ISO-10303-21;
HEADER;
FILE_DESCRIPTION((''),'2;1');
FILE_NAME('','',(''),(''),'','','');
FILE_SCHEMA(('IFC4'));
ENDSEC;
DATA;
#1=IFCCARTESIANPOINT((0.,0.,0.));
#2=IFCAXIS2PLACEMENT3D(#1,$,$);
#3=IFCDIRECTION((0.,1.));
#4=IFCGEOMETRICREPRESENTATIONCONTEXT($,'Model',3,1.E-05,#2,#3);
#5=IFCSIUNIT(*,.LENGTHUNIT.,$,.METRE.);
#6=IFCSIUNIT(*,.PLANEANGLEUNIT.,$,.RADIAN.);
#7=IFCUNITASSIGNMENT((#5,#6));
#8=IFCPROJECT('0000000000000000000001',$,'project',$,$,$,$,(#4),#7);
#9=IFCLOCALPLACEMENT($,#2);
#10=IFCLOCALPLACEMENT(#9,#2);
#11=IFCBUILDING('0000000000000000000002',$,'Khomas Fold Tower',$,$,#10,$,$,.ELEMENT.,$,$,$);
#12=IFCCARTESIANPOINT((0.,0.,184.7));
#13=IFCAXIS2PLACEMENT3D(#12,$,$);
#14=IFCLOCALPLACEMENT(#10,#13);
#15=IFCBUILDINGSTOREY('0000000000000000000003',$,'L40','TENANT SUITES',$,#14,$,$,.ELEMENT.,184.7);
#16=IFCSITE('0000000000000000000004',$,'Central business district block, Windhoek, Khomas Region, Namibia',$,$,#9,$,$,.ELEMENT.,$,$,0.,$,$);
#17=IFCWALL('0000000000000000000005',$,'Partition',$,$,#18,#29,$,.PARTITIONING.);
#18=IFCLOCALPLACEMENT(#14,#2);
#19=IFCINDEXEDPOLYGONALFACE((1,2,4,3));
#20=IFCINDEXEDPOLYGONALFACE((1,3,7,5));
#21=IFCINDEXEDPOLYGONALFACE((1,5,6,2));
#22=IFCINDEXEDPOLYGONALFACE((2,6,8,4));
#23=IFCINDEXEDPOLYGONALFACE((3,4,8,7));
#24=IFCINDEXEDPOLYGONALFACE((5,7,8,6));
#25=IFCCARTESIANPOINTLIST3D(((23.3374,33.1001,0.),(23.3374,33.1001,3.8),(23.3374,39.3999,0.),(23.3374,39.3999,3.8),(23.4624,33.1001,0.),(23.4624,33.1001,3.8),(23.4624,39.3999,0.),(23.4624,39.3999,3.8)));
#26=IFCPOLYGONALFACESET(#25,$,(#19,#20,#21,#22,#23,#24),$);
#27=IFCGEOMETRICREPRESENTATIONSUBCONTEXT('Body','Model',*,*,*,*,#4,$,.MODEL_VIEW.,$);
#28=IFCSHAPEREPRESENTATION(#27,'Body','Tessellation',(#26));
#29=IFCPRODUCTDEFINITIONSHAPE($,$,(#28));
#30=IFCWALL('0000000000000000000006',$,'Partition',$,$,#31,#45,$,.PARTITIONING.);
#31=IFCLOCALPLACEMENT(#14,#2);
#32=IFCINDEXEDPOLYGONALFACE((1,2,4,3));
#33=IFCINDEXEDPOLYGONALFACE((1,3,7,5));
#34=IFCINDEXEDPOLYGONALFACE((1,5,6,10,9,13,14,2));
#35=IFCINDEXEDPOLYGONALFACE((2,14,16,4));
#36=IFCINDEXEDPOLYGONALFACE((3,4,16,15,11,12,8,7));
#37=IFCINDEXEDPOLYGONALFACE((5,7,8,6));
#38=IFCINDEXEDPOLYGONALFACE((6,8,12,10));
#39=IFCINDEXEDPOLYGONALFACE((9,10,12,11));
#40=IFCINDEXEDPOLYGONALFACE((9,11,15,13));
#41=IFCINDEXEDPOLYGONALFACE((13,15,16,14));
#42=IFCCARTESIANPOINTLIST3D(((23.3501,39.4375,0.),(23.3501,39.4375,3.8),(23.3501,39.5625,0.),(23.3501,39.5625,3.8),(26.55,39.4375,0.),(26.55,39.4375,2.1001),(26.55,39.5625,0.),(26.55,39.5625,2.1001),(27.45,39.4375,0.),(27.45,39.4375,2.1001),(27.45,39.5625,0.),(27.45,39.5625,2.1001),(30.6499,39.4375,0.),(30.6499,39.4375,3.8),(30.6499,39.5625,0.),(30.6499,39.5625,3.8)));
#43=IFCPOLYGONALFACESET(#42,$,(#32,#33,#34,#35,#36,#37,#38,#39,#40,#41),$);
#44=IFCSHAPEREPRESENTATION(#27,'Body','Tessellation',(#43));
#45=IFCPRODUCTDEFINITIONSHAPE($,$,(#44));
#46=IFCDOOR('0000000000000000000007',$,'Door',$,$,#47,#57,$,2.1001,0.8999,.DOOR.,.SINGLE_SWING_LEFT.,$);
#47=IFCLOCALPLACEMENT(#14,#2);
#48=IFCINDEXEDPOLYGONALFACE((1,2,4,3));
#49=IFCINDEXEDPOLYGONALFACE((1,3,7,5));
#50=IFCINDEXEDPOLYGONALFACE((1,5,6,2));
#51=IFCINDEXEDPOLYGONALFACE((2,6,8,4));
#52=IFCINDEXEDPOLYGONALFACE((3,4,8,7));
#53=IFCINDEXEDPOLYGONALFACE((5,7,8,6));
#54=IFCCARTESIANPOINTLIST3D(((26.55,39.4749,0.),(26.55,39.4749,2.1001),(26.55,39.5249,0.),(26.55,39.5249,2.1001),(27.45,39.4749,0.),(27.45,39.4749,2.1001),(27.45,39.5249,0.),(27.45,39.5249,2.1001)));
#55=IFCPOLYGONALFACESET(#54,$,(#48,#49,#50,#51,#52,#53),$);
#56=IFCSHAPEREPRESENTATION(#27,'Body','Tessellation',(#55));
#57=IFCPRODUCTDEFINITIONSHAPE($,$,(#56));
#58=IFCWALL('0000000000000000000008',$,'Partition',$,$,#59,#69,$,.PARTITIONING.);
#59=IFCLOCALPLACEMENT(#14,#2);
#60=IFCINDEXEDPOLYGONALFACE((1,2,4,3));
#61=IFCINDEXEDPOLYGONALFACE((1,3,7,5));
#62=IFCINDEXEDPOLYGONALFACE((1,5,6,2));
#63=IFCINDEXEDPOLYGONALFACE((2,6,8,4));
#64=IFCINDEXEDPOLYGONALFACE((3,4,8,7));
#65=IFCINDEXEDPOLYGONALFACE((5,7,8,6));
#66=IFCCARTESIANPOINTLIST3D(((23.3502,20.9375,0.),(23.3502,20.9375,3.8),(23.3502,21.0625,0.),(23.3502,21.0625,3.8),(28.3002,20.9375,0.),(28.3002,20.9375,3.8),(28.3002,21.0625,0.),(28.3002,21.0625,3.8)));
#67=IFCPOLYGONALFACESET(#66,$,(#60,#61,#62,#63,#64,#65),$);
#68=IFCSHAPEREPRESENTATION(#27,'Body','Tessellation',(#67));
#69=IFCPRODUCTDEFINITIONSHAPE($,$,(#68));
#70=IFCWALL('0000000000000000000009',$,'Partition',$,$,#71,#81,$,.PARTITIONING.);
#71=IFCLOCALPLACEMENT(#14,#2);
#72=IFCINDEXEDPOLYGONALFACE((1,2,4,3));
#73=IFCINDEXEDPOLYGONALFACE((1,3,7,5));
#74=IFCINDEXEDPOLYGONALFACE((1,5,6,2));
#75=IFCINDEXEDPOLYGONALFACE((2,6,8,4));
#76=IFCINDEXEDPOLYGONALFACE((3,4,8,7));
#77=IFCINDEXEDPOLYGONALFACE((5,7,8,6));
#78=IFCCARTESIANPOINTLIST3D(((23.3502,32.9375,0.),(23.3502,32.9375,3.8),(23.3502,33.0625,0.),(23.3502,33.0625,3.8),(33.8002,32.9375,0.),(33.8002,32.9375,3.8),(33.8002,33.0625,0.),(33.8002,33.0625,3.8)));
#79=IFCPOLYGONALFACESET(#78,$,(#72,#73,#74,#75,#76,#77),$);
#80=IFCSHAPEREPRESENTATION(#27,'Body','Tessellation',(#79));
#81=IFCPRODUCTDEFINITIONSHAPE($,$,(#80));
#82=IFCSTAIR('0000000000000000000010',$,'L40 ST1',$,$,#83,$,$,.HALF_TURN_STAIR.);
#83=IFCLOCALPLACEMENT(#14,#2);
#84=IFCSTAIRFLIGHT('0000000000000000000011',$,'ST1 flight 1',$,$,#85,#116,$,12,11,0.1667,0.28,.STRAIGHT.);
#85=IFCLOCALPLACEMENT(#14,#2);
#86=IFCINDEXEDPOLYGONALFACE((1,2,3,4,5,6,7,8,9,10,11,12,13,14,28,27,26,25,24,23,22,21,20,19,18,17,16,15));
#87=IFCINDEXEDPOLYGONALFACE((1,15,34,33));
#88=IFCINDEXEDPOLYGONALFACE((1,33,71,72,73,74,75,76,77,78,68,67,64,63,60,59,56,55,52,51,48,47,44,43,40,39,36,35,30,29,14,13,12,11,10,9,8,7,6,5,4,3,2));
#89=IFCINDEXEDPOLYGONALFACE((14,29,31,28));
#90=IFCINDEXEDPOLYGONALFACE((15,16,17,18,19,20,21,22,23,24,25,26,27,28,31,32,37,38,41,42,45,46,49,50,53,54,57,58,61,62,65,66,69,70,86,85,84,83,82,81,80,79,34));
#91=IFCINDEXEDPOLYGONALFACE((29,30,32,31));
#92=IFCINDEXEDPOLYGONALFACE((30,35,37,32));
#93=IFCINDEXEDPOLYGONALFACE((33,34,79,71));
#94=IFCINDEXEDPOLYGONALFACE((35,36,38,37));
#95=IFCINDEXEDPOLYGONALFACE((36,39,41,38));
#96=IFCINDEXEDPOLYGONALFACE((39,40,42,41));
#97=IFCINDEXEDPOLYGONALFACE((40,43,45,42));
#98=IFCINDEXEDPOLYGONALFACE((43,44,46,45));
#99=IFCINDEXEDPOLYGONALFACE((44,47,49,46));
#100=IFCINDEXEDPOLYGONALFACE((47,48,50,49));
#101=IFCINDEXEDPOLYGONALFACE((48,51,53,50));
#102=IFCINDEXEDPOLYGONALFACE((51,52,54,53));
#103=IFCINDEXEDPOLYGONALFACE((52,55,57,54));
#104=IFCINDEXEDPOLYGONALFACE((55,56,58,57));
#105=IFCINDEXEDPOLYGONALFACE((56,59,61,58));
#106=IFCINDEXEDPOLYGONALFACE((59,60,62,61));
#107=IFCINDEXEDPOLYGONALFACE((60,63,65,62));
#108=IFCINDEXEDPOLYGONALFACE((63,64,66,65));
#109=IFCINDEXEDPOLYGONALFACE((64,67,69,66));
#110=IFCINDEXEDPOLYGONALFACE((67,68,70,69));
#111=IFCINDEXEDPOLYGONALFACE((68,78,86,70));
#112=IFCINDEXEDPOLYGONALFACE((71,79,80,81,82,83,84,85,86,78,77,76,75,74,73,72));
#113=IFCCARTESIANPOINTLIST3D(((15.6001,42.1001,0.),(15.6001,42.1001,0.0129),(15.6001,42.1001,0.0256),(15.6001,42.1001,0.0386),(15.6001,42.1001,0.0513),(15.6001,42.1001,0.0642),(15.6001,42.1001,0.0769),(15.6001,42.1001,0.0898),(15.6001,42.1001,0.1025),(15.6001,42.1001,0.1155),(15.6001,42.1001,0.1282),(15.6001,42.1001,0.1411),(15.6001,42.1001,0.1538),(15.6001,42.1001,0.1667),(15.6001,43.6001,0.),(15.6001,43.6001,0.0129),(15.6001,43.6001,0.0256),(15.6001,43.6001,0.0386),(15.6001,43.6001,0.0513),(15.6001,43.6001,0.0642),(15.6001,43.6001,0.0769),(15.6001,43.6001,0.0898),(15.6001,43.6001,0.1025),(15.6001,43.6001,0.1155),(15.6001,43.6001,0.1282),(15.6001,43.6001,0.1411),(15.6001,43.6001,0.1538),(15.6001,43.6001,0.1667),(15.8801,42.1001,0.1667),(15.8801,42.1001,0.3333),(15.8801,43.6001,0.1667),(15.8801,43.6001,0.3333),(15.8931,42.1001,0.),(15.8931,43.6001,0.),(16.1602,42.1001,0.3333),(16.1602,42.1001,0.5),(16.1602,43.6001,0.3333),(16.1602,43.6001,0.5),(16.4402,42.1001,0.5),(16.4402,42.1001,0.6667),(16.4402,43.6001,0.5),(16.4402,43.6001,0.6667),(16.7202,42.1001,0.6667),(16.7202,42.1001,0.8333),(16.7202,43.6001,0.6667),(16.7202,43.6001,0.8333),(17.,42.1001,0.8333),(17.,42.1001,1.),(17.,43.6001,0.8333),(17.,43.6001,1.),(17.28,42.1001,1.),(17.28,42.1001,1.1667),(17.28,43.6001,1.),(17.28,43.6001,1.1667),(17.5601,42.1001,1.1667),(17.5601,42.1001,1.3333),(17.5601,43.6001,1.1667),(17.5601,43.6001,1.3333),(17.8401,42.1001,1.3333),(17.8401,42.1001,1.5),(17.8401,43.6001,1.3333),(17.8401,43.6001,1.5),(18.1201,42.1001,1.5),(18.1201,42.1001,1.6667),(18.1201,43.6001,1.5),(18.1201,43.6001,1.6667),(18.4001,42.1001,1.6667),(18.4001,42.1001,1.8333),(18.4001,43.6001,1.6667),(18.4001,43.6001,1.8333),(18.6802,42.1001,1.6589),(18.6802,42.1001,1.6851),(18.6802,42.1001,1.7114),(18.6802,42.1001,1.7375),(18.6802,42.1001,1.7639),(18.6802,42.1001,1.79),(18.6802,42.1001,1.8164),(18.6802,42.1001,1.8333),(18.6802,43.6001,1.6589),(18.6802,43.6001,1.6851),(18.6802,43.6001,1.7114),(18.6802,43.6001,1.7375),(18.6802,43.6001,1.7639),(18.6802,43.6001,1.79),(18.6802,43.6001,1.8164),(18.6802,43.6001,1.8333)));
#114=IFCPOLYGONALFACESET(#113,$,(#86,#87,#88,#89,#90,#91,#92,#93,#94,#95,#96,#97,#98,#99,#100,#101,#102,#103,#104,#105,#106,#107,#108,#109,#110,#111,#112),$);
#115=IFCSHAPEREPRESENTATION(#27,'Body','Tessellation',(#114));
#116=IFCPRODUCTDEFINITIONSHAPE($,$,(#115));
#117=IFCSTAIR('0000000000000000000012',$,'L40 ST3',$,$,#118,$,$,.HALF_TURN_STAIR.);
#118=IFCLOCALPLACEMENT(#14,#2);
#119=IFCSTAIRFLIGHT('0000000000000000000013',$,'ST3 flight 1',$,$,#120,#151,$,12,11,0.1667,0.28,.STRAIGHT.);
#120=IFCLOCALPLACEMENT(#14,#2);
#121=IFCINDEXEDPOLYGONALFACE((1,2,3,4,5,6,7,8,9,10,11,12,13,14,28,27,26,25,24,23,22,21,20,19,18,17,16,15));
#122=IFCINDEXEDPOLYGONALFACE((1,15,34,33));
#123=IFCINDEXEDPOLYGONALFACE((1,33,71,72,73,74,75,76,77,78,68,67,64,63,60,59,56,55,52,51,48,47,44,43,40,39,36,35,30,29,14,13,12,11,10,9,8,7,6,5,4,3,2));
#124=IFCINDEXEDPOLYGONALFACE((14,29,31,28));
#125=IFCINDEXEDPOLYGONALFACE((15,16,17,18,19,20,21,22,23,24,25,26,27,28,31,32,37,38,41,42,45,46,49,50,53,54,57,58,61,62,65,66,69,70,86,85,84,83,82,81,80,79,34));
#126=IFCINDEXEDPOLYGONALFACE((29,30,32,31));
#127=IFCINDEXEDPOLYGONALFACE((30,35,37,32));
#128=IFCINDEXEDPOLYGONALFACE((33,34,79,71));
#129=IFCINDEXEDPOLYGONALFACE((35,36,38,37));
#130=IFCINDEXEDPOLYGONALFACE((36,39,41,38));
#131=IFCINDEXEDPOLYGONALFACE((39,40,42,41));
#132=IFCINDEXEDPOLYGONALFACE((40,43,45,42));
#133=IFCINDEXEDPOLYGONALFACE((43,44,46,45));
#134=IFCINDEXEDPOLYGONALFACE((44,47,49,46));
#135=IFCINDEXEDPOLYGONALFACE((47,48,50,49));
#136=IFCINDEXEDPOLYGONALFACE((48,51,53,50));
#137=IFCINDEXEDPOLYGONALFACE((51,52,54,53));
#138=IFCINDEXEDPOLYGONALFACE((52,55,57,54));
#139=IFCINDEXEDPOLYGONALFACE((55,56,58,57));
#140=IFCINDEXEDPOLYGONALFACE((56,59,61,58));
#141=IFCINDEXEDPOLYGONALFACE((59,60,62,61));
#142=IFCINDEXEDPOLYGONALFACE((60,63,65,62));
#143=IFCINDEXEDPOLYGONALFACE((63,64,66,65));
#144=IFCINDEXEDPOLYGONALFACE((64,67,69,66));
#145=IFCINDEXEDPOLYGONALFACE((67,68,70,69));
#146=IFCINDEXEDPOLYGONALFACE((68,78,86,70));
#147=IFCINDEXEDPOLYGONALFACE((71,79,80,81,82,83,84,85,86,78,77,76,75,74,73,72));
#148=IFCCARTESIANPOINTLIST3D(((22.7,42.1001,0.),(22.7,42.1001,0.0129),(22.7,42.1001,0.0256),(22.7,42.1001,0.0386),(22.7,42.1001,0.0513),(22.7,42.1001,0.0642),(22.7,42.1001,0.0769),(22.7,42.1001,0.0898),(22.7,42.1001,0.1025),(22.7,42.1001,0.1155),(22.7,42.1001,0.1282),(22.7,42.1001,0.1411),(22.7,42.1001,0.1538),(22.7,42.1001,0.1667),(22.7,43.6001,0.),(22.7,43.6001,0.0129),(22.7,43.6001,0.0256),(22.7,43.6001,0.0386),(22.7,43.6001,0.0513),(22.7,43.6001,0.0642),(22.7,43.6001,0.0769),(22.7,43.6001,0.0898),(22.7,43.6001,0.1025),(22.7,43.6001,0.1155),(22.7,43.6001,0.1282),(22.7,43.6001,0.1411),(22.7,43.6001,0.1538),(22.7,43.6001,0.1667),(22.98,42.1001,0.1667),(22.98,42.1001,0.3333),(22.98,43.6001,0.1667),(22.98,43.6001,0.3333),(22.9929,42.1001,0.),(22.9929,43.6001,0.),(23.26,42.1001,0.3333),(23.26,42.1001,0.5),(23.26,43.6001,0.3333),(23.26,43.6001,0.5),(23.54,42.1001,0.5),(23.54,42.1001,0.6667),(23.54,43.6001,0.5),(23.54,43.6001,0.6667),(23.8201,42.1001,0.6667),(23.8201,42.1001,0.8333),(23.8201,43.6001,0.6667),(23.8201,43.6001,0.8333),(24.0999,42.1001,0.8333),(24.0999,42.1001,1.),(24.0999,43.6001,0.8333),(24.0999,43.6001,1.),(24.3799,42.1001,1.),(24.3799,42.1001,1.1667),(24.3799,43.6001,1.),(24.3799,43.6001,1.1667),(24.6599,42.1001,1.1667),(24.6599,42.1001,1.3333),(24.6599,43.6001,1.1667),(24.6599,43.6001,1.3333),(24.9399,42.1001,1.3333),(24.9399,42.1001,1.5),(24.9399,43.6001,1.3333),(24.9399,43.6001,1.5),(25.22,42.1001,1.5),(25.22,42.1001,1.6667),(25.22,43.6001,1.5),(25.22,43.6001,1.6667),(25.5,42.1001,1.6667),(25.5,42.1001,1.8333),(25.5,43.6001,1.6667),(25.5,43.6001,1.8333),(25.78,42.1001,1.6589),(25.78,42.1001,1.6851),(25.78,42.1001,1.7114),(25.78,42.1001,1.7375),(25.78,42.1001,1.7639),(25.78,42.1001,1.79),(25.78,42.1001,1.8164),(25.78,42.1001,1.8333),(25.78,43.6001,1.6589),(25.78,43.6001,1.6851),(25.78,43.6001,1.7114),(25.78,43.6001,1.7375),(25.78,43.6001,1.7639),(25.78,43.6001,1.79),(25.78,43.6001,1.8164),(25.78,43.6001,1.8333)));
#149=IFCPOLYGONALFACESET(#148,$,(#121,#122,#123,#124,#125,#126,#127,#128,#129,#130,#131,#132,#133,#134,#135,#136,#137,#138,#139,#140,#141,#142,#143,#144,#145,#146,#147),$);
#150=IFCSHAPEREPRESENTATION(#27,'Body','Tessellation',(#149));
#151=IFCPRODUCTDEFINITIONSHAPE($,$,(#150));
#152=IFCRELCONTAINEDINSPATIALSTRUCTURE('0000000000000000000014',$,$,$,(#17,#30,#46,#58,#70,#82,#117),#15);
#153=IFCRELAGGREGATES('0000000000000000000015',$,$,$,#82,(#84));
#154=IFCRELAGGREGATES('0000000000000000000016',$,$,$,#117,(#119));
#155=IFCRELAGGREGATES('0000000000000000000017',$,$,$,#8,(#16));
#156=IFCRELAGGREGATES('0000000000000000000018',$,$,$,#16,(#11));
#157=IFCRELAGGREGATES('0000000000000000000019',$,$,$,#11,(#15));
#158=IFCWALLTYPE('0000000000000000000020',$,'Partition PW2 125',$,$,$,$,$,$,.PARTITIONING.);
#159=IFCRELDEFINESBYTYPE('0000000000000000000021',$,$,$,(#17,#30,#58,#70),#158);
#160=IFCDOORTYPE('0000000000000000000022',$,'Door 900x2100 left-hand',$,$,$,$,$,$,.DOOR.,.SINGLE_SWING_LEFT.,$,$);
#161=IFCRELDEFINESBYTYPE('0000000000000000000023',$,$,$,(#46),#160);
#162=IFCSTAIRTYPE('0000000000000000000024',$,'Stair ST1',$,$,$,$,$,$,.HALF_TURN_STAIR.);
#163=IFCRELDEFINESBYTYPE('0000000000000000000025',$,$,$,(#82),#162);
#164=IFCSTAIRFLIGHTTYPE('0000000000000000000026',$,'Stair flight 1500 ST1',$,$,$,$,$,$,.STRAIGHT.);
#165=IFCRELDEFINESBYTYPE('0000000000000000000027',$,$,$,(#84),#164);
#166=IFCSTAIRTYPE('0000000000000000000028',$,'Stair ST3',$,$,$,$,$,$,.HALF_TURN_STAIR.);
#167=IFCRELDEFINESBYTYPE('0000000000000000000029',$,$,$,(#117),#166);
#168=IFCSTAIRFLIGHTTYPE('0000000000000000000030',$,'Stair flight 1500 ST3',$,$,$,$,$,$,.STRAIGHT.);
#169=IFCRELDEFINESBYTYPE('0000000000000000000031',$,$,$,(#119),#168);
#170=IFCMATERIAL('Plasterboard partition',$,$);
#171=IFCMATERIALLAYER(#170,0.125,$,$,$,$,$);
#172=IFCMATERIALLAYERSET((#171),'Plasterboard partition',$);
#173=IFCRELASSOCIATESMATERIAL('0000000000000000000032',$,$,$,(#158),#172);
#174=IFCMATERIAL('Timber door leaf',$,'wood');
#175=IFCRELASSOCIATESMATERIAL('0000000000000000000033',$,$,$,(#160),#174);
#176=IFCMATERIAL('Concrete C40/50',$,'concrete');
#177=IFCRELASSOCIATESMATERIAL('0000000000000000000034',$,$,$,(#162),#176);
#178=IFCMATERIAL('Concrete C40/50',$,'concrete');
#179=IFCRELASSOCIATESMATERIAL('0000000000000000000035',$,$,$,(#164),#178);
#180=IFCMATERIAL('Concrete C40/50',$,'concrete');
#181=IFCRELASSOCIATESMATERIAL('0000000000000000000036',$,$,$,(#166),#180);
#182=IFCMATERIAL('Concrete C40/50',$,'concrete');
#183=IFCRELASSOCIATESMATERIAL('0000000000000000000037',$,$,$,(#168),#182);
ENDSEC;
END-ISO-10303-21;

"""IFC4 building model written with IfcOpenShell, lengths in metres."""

from ifc_helpers import new_model, si_unit, direction, frame, frame_2d, origin, place, context, subcontext, project, spatial, polyline, rectangle, outline, extrude, source, transform, mapped, material, layer, layer_set, type_object, element, fill, aggregate, save


model = new_model("IFC4")

# Units and contexts
model_context = context("Model", 3, precision=1e-05, world=origin(), true_north=direction((0.0, 1.0)))
body_context = subcontext(model_context, "Body", "Model", "MODEL_VIEW")
ifc_project = project(units=[si_unit("LENGTHUNIT", "METRE"), si_unit("PLANEANGLEUNIT", "RADIAN")], contexts=[model_context])

# Site, building, storey
site_placement = place(None, origin())
site = spatial("IfcSite", under=ifc_project, at=site_placement, Name="Central business district block, Windhoek, Khomas Region, Namibia", CompositionType="ELEMENT", RefElevation=0.0)
building_placement = place(site_placement, origin())
building = spatial("IfcBuilding", under=site, at=building_placement, Name="Khomas Fold Tower", CompositionType="ELEMENT")
storey_placement = place(building_placement, frame((0.0, 0.0, 184.7)))
storey = spatial("IfcBuildingStorey", under=building, at=storey_placement, Name="L40", Description="TENANT SUITES", CompositionType="ELEMENT", Elevation=184.7)

# Shared definitions
ifc_material_1 = material(Name="Plasterboard partition")
ifc_layer_1 = layer(ifc_material_1, 0.125)
ifc_layer_set_1 = layer_set([ifc_layer_1], Name="Plasterboard partition")
wall_type_1 = type_object("IfcWallType", Name="Partition PW2 125", PredefinedType="PARTITIONING", material=ifc_layer_set_1)
shared_shape_1 = source(origin(), body_context, "Body", "SweptSolid", [
    extrude(rectangle(XDim=0.8999, YDim=2.1001, at=frame_2d((0.45, 1.05))), frame((0.0, 0.0725, 0.0), z_axis=(0.0, -1.0, 0.0), x_axis=(1.0, 0.0, 0.0)), (0.0, 0.0, 1.0), 0.145),
])
ifc_material_2 = material(Name="Timber door leaf", Category="wood")
door_type_1 = type_object("IfcDoorType", Name="Door 900x2100 left-hand", OperationType="SINGLE_SWING_LEFT", PredefinedType="DOOR", material=ifc_material_2)
shared_shape_2 = source(origin(), body_context, "Body", "SweptSolid", [
    extrude(rectangle(XDim=0.8999, YDim=2.1001, at=frame_2d((0.45, 1.05))), frame((0.0, 0.0249, 0.0), z_axis=(0.0, -1.0, 0.0), x_axis=(1.0, 0.0, 0.0)), (0.0, 0.0, 1.0), 0.05),
])

# Wall
shared_shape_3 = source(origin(), body_context, "Body", "SweptSolid", [
    extrude(rectangle(XDim=6.2998, YDim=0.125, at=frame_2d((3.1499, 0.0))), origin(), (0.0, 0.0, 1.0), 3.8),
])
wall_1_placement = place(storey_placement, frame((23.3999, 33.1001, 0.0), z_axis=(0.0, 0.0, 1.0), x_axis=(0.0, 1.0, 0.0)))
element("IfcWall", 1, at=wall_1_placement, inside=storey, type_object=wall_type_1, Name="Partition", PredefinedType="PARTITIONING", context=body_context, shape_type="MappedRepresentation", body=[
    mapped(shared_shape_3, transform((0.0, 0.0, 0.0))),
])

# Wall, opening, door
shared_shape_4 = source(origin(), body_context, "Body", "SweptSolid", [
    extrude(rectangle(XDim=7.2998, YDim=0.125, at=frame_2d((3.6499, 0.0))), origin(), (0.0, 0.0, 1.0), 3.8),
])
wall_2_placement = place(storey_placement, frame((23.3501, 39.5, 0.0), z_axis=(0.0, 0.0, 1.0), x_axis=(1.0, 0.0, 0.0)))
wall_2 = element("IfcWall", 2, at=wall_2_placement, inside=storey, type_object=wall_type_1, Name="Partition", PredefinedType="PARTITIONING", context=body_context, shape_type="MappedRepresentation", body=[
    mapped(shared_shape_4, transform((0.0, 0.0, 0.0))),
])
opening_1_placement = place(wall_2_placement, frame((3.2, 0.0, 0.0)))
opening_1 = element("IfcOpeningElement", 3, at=opening_1_placement, cuts=wall_2, PredefinedType="OPENING", context=body_context, shape_type="MappedRepresentation", body=[
    mapped(shared_shape_1, transform((0.0, 0.0, 0.0))),
])
door_1_placement = place(opening_1_placement, origin())
door_1 = element("IfcDoor", 4, at=door_1_placement, inside=storey, type_object=door_type_1, Name="Door", OperationType="SINGLE_SWING_LEFT", OverallHeight=2.1001, OverallWidth=0.8999, PredefinedType="DOOR", context=body_context, shape_type="MappedRepresentation", body=[
    mapped(shared_shape_2, transform((0.0, 0.0, 0.0))),
])
fill(opening_1, door_1)

# Walls
shared_shape_5 = source(origin(), body_context, "Body", "SweptSolid", [
    extrude(rectangle(XDim=4.95, YDim=0.125, at=frame_2d((2.4751, 0.0))), origin(), (0.0, 0.0, 1.0), 3.8),
])
wall_3_placement = place(storey_placement, frame((23.3501, 21.0, 0.0), z_axis=(0.0, 0.0, 1.0), x_axis=(1.0, 0.0, 0.0)))
element("IfcWall", 5, at=wall_3_placement, inside=storey, type_object=wall_type_1, Name="Partition", PredefinedType="PARTITIONING", context=body_context, shape_type="MappedRepresentation", body=[
    mapped(shared_shape_5, transform((0.0, 0.0, 0.0))),
])
shared_shape_6 = source(origin(), body_context, "Body", "SweptSolid", [
    extrude(rectangle(XDim=10.45, YDim=0.125, at=frame_2d((5.2251, 0.0))), origin(), (0.0, 0.0, 1.0), 3.8),
])
wall_4_placement = place(storey_placement, frame((23.3501, 33.0, 0.0), z_axis=(0.0, 0.0, 1.0), x_axis=(1.0, 0.0, 0.0)))
element("IfcWall", 6, at=wall_4_placement, inside=storey, type_object=wall_type_1, Name="Partition", PredefinedType="PARTITIONING", context=body_context, shape_type="MappedRepresentation", body=[
    mapped(shared_shape_6, transform((0.0, 0.0, 0.0))),
])

# Stairs, stair flights
ifc_material_3 = material(Name="Concrete C40/50", Category="concrete")
stair_type_1 = type_object("IfcStairType", Name="Stair ST1", PredefinedType="HALF_TURN_STAIR", material=ifc_material_3)
stair_1_placement = place(storey_placement, origin())
stair_1 = element("IfcStair", 7, at=stair_1_placement, inside=storey, type_object=stair_type_1, Name="L40 ST1", PredefinedType="HALF_TURN_STAIR")
ifc_material_4 = material(Name="Concrete C40/50", Category="concrete")
stair_flight_type_1 = type_object("IfcStairFlightType", Name="Stair flight 1500 ST1", PredefinedType="STRAIGHT", material=ifc_material_4)
shared_shape_7 = source(origin(), body_context, "Body", "SweptSolid", [
    extrude(outline(polyline([(0.0, 0.0), (0.0, 0.0129), (0.0, 0.0256), (0.0, 0.0386), (0.0, 0.0513), (0.0, 0.0642), (0.0, 0.0769), (0.0, 0.0898), (0.0, 0.1025), (0.0, 0.1155), (0.0, 0.1282), (0.0, 0.1411), (0.0, 0.1538), (0.0, 0.1667), (0.28, 0.1667), (0.28, 0.3333), (0.5601, 0.3333), (0.5601, 0.5), (0.8401, 0.5), (0.8401, 0.6667), (1.1201, 0.6667), (1.1201, 0.8333), (1.3999, 0.8333), (1.3999, 1.0), (1.6799, 1.0), (1.6799, 1.1667), (1.96, 1.1667), (1.96, 1.3333), (2.24, 1.3333), (2.24, 1.5), (2.52, 1.5), (2.52, 1.6667), (2.8, 1.6667), (2.8, 1.8333), (3.0801, 1.8333), (3.0801, 2.0), (3.0801, 1.9739), (3.0801, 1.9475), (3.0801, 1.9214), (3.0801, 1.895), (3.0801, 1.8689), (3.0801, 1.8425), (3.0801, 1.8164), (3.0801, 1.79), (3.0801, 1.7639), (3.0801, 1.7375), (3.0801, 1.7114), (3.0801, 1.6851), (3.0801, 1.6589), (0.293, 0.0), (0.0, 0.0)])), frame((0.0, 0.75, 0.0), z_axis=(0.0, -1.0, 0.0), x_axis=(1.0, 0.0, 0.0)), (0.0, 0.0, 1.0), 1.5),
])
stair_flight_1_placement = place(storey_placement, frame((15.6001, 42.8501, 0.0), z_axis=(0.0, 0.0, 1.0), x_axis=(1.0, 0.0, 0.0)))
stair_flight_1 = element("IfcStairFlight", 8, at=stair_flight_1_placement, type_object=stair_flight_type_1, Name="ST1 flight 1", NumberOfRisers=12, NumberOfTreads=11, PredefinedType="STRAIGHT", RiserHeight=0.1667, TreadLength=0.28, context=body_context, shape_type="MappedRepresentation", body=[
    mapped(shared_shape_7, transform((0.0, 0.0, 0.0))),
])
aggregate(stair_1, [stair_flight_1])
ifc_material_5 = material(Name="Concrete C40/50", Category="concrete")
stair_type_2 = type_object("IfcStairType", Name="Stair ST3", PredefinedType="HALF_TURN_STAIR", material=ifc_material_5)
stair_2_placement = place(storey_placement, origin())
stair_2 = element("IfcStair", 9, at=stair_2_placement, inside=storey, type_object=stair_type_2, Name="L40 ST3", PredefinedType="HALF_TURN_STAIR")
ifc_material_6 = material(Name="Concrete C40/50", Category="concrete")
stair_flight_type_2 = type_object("IfcStairFlightType", Name="Stair flight 1500 ST3", PredefinedType="STRAIGHT", material=ifc_material_6)
stair_flight_2_placement = place(storey_placement, frame((22.7, 42.8501, 0.0), z_axis=(0.0, 0.0, 1.0), x_axis=(1.0, 0.0, 0.0)))
stair_flight_2 = element("IfcStairFlight", 10, at=stair_flight_2_placement, type_object=stair_flight_type_2, Name="ST3 flight 1", NumberOfRisers=12, NumberOfTreads=11, PredefinedType="STRAIGHT", RiserHeight=0.1667, TreadLength=0.28, context=body_context, shape_type="MappedRepresentation", body=[
    mapped(shared_shape_7, transform((0.0, 0.0, 0.0))),
])
aggregate(stair_2, [stair_flight_2])

save(model, "model.ifc")
